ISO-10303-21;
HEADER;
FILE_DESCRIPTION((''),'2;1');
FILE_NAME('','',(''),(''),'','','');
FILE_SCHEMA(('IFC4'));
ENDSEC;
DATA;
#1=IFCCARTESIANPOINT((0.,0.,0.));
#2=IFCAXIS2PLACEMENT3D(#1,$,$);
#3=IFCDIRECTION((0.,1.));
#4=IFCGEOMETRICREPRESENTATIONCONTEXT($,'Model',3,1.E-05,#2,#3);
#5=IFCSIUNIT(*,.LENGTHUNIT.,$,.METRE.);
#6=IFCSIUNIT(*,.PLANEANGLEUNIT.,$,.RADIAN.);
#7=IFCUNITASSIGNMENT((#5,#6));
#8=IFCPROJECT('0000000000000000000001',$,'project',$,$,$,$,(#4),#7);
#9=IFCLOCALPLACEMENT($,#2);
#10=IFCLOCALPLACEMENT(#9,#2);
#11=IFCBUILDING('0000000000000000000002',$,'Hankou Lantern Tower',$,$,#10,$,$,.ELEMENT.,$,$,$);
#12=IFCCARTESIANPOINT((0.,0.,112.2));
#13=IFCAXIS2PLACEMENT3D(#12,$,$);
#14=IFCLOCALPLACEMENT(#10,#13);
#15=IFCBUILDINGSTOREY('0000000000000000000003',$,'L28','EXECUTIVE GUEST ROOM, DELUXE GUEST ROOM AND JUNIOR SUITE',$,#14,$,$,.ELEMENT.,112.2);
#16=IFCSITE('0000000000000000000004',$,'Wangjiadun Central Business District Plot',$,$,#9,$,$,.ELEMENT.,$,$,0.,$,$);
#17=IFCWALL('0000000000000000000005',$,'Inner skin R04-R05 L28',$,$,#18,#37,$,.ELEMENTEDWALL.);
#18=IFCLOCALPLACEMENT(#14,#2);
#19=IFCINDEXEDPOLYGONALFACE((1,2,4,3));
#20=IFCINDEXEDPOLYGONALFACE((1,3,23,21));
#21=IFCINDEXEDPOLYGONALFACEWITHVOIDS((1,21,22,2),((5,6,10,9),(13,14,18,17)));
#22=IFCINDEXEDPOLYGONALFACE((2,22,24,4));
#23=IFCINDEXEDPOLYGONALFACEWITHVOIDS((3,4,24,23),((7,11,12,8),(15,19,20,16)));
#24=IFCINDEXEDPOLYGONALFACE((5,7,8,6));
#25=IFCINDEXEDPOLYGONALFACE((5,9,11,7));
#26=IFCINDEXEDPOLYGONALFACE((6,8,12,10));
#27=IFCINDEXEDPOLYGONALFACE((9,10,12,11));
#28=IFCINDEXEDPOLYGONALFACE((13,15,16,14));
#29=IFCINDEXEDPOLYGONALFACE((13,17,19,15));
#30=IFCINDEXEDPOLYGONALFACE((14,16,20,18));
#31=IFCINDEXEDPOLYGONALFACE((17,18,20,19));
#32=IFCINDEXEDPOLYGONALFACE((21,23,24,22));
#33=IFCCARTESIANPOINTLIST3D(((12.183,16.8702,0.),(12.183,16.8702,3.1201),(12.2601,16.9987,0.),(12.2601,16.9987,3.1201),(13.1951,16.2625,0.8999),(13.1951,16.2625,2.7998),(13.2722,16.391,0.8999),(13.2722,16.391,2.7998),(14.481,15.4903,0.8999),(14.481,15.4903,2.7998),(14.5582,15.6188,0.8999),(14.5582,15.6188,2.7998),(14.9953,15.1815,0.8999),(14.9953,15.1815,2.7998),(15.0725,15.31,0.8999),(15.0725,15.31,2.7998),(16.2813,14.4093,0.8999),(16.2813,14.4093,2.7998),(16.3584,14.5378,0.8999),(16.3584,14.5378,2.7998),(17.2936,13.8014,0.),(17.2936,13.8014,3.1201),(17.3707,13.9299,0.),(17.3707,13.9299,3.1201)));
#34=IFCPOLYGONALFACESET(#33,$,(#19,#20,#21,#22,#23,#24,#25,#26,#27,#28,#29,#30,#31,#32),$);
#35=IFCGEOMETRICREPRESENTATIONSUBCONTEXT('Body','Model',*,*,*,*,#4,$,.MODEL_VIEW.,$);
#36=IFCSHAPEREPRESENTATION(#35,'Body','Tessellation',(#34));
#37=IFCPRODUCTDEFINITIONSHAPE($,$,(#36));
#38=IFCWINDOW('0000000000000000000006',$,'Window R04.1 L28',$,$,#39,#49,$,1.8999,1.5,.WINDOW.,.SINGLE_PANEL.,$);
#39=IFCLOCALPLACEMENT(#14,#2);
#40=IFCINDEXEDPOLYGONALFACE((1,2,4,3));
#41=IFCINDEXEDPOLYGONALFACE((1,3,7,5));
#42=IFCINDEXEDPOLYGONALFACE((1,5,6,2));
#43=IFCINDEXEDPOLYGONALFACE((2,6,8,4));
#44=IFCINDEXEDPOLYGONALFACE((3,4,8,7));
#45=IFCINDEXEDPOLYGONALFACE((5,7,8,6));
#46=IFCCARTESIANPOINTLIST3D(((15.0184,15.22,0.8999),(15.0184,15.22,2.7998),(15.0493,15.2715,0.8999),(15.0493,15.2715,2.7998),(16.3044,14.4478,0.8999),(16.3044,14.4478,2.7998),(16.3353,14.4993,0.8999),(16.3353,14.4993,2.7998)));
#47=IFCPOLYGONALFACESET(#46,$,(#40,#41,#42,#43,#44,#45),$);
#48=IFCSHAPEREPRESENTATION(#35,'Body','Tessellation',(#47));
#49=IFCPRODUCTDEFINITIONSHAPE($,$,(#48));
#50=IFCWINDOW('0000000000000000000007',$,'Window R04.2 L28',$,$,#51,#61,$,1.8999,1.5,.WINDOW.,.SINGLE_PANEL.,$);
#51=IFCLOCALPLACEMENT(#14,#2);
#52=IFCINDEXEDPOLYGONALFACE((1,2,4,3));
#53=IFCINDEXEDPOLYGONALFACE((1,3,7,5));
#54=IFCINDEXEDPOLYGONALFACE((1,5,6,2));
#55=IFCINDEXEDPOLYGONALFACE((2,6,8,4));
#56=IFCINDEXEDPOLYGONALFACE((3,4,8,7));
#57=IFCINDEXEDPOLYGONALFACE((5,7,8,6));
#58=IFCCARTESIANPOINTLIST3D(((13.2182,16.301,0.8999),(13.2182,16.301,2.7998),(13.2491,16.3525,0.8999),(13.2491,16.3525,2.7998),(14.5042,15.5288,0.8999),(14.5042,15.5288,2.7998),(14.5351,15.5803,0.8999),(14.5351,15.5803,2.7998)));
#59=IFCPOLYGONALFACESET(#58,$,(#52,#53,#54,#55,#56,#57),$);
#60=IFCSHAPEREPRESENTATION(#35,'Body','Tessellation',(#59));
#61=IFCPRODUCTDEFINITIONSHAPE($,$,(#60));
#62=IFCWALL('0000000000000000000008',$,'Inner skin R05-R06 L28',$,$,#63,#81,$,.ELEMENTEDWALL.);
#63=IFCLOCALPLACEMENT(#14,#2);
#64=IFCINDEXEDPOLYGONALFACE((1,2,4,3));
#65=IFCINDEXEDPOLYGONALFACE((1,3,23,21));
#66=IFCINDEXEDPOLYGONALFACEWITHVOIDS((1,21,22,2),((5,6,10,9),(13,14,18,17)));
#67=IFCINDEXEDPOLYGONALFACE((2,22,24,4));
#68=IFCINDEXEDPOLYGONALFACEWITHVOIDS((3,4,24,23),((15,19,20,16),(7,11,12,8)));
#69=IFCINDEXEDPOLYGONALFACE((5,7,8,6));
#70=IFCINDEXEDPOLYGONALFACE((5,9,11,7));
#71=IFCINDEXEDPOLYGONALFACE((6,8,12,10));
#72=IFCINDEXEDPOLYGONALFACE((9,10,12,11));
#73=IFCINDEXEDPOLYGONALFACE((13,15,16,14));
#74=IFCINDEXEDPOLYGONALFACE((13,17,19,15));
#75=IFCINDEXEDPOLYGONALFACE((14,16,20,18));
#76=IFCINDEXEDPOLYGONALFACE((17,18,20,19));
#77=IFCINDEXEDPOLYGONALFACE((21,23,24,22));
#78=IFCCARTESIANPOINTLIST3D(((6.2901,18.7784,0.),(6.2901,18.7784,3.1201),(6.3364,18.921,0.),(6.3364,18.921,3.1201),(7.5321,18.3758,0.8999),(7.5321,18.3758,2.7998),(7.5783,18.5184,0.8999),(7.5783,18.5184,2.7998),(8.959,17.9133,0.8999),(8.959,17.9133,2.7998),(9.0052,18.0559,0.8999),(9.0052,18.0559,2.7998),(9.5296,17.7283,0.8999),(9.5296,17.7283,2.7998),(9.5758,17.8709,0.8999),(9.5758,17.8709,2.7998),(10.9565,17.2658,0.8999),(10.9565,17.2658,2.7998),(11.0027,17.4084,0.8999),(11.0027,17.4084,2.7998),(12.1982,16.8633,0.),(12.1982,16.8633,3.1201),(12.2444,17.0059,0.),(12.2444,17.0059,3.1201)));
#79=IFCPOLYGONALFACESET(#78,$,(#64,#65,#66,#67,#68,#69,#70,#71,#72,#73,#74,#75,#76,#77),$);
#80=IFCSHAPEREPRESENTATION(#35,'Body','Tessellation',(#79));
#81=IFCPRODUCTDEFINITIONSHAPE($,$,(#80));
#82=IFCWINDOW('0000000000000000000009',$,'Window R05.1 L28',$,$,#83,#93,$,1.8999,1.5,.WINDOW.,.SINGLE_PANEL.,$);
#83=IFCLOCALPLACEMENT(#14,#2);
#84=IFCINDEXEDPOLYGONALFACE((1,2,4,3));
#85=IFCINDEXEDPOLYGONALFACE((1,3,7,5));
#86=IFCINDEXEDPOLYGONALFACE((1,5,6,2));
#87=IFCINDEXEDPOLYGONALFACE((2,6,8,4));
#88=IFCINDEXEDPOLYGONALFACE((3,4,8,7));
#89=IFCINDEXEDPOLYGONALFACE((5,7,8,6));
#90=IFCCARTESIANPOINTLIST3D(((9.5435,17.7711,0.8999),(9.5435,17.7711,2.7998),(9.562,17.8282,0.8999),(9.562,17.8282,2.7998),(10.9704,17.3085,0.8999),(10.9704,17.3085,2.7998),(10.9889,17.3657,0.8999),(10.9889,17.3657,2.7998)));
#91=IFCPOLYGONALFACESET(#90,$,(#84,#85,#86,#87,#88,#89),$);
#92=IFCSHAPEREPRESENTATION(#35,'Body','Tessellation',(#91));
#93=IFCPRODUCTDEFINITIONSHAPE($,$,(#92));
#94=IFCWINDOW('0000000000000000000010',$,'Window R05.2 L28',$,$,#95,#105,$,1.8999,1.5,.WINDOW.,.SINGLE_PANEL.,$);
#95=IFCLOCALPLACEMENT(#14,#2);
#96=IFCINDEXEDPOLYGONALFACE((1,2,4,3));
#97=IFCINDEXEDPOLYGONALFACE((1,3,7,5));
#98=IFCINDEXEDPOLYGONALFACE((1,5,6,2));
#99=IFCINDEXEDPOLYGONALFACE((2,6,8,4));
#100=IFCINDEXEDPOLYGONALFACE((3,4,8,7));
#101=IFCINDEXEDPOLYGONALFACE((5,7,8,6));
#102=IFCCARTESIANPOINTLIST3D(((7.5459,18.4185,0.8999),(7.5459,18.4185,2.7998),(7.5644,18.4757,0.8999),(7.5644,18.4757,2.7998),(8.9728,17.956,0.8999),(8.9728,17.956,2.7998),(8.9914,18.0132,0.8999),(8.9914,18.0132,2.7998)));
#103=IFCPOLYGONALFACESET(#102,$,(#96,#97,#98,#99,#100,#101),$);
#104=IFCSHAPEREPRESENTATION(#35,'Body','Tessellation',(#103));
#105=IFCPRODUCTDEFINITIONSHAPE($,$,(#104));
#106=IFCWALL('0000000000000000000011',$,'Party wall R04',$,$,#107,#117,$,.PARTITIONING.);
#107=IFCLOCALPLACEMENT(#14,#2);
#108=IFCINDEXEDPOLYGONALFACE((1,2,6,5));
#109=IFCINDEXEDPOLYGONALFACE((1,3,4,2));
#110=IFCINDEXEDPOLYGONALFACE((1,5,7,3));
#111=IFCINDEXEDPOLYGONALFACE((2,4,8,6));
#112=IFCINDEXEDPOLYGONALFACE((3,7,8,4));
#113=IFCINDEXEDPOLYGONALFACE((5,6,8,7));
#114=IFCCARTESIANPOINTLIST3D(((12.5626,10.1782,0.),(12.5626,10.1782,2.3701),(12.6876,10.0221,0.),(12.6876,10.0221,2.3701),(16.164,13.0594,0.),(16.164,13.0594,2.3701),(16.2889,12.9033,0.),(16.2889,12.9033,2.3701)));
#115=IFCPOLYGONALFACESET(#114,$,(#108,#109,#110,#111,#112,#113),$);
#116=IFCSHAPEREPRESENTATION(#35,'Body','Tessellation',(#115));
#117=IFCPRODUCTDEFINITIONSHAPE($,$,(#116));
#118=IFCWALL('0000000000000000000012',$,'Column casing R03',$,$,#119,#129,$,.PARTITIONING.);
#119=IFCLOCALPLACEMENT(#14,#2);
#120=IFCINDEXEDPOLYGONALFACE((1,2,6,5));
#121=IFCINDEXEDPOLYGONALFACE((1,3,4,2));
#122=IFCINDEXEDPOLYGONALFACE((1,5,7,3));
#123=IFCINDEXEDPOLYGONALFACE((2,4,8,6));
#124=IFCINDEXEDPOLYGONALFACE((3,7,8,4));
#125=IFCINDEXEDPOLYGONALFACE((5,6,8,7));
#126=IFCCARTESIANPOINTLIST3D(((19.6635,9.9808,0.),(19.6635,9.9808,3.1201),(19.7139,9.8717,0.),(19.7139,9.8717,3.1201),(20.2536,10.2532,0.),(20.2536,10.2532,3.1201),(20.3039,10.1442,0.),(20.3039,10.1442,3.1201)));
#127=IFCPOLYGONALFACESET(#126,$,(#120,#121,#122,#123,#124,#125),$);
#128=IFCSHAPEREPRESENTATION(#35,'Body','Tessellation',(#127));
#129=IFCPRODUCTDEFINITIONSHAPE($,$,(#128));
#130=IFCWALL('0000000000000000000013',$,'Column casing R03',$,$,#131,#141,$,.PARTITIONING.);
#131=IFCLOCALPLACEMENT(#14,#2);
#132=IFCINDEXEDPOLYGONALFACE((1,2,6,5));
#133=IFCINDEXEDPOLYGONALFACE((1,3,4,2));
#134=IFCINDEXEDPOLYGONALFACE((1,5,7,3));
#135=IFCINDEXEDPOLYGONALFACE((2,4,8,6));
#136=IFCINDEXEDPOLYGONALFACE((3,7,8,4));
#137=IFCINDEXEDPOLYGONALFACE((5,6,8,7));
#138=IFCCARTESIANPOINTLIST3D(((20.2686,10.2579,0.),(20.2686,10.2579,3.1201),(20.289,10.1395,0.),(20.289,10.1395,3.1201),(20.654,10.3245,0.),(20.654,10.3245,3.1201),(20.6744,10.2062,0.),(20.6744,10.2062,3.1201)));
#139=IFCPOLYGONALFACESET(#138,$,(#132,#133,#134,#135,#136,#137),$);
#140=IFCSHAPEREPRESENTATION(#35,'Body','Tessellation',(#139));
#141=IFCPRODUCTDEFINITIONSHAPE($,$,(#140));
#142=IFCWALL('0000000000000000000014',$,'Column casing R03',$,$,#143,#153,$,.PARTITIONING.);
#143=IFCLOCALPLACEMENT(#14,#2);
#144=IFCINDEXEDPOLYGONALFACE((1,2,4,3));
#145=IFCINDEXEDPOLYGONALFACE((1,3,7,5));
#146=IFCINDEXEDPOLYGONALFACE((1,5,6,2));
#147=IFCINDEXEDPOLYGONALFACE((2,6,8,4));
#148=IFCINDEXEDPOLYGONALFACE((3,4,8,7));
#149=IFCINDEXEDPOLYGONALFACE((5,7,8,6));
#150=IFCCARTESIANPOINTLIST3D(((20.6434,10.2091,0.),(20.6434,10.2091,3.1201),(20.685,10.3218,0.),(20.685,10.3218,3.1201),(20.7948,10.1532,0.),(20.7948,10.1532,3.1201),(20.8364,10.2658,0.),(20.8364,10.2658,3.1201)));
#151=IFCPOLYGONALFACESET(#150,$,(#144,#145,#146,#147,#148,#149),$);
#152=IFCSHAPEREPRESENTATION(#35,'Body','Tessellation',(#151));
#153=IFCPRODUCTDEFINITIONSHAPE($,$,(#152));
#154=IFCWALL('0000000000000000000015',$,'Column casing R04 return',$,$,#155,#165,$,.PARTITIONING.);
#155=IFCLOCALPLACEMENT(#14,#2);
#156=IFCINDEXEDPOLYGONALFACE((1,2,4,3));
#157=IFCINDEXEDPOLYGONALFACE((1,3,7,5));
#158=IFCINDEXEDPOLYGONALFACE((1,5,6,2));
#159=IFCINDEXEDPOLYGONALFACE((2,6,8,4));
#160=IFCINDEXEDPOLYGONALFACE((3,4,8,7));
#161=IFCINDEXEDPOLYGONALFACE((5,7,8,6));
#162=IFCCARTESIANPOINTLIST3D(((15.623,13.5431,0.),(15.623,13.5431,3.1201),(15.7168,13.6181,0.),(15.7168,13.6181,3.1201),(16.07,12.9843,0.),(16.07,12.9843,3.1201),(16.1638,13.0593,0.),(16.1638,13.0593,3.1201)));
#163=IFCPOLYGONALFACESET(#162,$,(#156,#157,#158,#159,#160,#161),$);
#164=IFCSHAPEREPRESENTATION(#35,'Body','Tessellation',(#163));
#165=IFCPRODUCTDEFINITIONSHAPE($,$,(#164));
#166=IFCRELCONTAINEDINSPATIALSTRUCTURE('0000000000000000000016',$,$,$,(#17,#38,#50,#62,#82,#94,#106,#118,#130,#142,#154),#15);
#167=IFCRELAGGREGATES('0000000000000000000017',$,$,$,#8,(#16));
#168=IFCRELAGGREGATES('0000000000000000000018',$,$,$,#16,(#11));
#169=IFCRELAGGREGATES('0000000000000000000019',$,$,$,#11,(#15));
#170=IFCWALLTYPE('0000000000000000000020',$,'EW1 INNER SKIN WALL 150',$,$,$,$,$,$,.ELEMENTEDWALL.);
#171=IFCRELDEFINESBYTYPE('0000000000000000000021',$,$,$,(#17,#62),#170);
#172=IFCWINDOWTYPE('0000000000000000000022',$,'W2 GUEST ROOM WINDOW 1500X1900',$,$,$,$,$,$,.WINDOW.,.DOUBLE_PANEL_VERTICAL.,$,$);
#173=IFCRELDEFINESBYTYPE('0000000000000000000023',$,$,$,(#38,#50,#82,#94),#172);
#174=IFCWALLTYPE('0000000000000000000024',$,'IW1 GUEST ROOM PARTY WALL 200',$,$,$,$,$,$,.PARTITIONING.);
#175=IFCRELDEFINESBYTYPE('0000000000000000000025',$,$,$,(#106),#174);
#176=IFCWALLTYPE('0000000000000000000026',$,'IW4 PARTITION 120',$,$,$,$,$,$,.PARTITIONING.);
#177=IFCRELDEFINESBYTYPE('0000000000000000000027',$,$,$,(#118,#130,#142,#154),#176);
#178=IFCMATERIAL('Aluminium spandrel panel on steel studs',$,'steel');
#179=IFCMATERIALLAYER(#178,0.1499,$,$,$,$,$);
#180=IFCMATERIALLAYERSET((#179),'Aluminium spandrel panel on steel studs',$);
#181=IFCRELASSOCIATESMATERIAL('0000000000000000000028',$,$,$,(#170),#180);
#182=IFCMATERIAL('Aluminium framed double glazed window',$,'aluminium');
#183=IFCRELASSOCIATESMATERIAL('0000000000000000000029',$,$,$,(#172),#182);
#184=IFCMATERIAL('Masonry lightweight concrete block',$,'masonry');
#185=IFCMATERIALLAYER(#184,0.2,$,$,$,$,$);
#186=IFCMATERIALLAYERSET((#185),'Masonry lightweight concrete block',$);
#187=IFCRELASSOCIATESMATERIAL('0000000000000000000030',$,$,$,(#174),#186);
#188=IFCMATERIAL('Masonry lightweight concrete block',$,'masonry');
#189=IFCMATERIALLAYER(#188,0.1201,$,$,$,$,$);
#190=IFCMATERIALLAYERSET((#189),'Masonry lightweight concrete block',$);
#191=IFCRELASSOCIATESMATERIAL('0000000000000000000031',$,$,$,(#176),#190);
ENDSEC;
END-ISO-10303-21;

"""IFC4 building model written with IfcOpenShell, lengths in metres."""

from ifc_helpers import new_model, si_unit, direction, frame, frame_2d, origin, place, context, subcontext, project, spatial, rectangle, extrude, material, layer, layer_set, type_object, element, fill, save


model = new_model("IFC4")

# Units and contexts
model_context = context("Model", 3, precision=1e-05, world=origin(), true_north=direction((0.0, 1.0)))
body_context = subcontext(model_context, "Body", "Model", "MODEL_VIEW")
ifc_project = project(units=[si_unit("LENGTHUNIT", "METRE"), si_unit("PLANEANGLEUNIT", "RADIAN")], contexts=[model_context])

# Site, building, storey
site_placement = place(None, origin())
site = spatial("IfcSite", under=ifc_project, at=site_placement, Name="Wangjiadun Central Business District Plot", CompositionType="ELEMENT", RefElevation=0.0)
building_placement = place(site_placement, origin())
building = spatial("IfcBuilding", under=site, at=building_placement, Name="Hankou Lantern Tower", CompositionType="ELEMENT")
storey_placement = place(building_placement, frame((0.0, 0.0, 112.2)))
storey = spatial("IfcBuildingStorey", under=building, at=storey_placement, Name="L28", Description="EXECUTIVE GUEST ROOM, DELUXE GUEST ROOM AND JUNIOR SUITE", CompositionType="ELEMENT", Elevation=112.2)

# Walls, openings, windows
ifc_material_1 = material(Name="Aluminium spandrel panel on steel studs", Category="steel")
ifc_layer_1 = layer(ifc_material_1, 0.1499)
ifc_layer_set_1 = layer_set([ifc_layer_1], Name="Aluminium spandrel panel on steel studs")
wall_type_1 = type_object("IfcWallType", Name="EW1 INNER SKIN WALL 150", PredefinedType="ELEMENTEDWALL", material=ifc_layer_set_1)
ifc_material_2 = material(Name="Aluminium framed double glazed window", Category="aluminium")
window_type = type_object("IfcWindowType", Name="W2 GUEST ROOM WINDOW 1500X1900", PartitioningType="DOUBLE_PANEL_VERTICAL", PredefinedType="WINDOW", material=ifc_material_2)
wall_1_placement = place(storey_placement, frame((17.332, 13.8657, 0.0), z_axis=(0.0, 0.0, 1.0), x_axis=(-0.857309, 0.514803, 0.0)))
wall_1 = element("IfcWall", 1, at=wall_1_placement, inside=storey, type_object=wall_type_1, Name="Inner skin R04-R05 L28", PredefinedType="ELEMENTEDWALL", context=body_context, shape_type="SweptSolid", body=[
    extrude(rectangle(XDim=5.9612, YDim=0.1499, at=frame_2d((2.9805, 0.0))), origin(), (0.0, 0.0, 1.0), 3.1201),
])
opening_1_placement = place(wall_1_placement, frame((1.1807, 0.0, 0.8999)))
opening_1 = element("IfcOpeningElement", 2, at=opening_1_placement, cuts=wall_1, PredefinedType="OPENING", context=body_context, shape_type="SweptSolid", body=[
    extrude(rectangle(XDim=1.5, YDim=1.8999, at=frame_2d((0.75, 0.95))), frame((0.0, 0.085, 0.0), z_axis=(0.0, -1.0, 0.0), x_axis=(1.0, 0.0, 0.0)), (0.0, 0.0, 1.0), 0.1699),
])
opening_2_placement = place(wall_1_placement, frame((3.2805, 0.0, 0.8999)))
opening_2 = element("IfcOpeningElement", 3, at=opening_2_placement, cuts=wall_1, PredefinedType="OPENING", context=body_context, shape_type="SweptSolid", body=[
    extrude(rectangle(XDim=1.5, YDim=1.8999, at=frame_2d((0.75, 0.95))), frame((0.0, 0.085, 0.0), z_axis=(0.0, -1.0, 0.0), x_axis=(1.0, 0.0, 0.0)), (0.0, 0.0, 1.0), 0.1699),
])
window_1_placement = place(opening_1_placement, origin())
window_1 = element("IfcWindow", 4, at=window_1_placement, inside=storey, type_object=window_type, Name="Window R04.1 L28", OverallHeight=1.8999, OverallWidth=1.5, PartitioningType="SINGLE_PANEL", PredefinedType="WINDOW", context=body_context, shape_type="SweptSolid", body=[
    extrude(rectangle(XDim=1.5, YDim=1.8999, at=frame_2d((0.75, 0.95))), frame((0.0, 0.03, 0.0), z_axis=(0.0, -1.0, 0.0), x_axis=(1.0, 0.0, 0.0)), (0.0, 0.0, 1.0), 0.0601),
])
fill(opening_1, window_1)
window_2_placement = place(opening_2_placement, origin())
window_2 = element("IfcWindow", 5, at=window_2_placement, inside=storey, type_object=window_type, Name="Window R04.2 L28", OverallHeight=1.8999, OverallWidth=1.5, PartitioningType="SINGLE_PANEL", PredefinedType="WINDOW", context=body_context, shape_type="SweptSolid", body=[
    extrude(rectangle(XDim=1.5, YDim=1.8999, at=frame_2d((0.75, 0.95))), frame((0.0, 0.03, 0.0), z_axis=(0.0, -1.0, 0.0), x_axis=(1.0, 0.0, 0.0)), (0.0, 0.0, 1.0), 0.0601),
])
fill(opening_2, window_2)
wall_2_placement = place(storey_placement, frame((12.2214, 16.9346, 0.0), z_axis=(0.0, 0.0, 1.0), x_axis=(-0.951273, 0.308351, 0.0)))
wall_2 = element("IfcWall", 6, at=wall_2_placement, inside=storey, type_object=wall_type_1, Name="Inner skin R05-R06 L28", PredefinedType="ELEMENTEDWALL", context=body_context, shape_type="SweptSolid", body=[
    extrude(rectangle(XDim=6.2107, YDim=0.1499, at=frame_2d((3.1055, 0.0))), origin(), (0.0, 0.0, 1.0), 3.1201),
])
opening_3_placement = place(wall_2_placement, frame((1.3054, 0.0, 0.8999)))
opening_3 = element("IfcOpeningElement", 7, at=opening_3_placement, cuts=wall_2, PredefinedType="OPENING", context=body_context, shape_type="SweptSolid", body=[
    extrude(rectangle(XDim=1.5, YDim=1.8999, at=frame_2d((0.75, 0.95))), frame((0.0, 0.085, 0.0), z_axis=(0.0, -1.0, 0.0), x_axis=(1.0, 0.0, 0.0)), (0.0, 0.0, 1.0), 0.1699),
])
opening_4_placement = place(wall_2_placement, frame((3.4053, 0.0, 0.8999)))
opening_4 = element("IfcOpeningElement", 8, at=opening_4_placement, cuts=wall_2, PredefinedType="OPENING", context=body_context, shape_type="SweptSolid", body=[
    extrude(rectangle(XDim=1.5, YDim=1.8999, at=frame_2d((0.75, 0.95))), frame((0.0, 0.085, 0.0), z_axis=(0.0, -1.0, 0.0), x_axis=(1.0, 0.0, 0.0)), (0.0, 0.0, 1.0), 0.1699),
])
window_3_placement = place(opening_3_placement, origin())
window_3 = element("IfcWindow", 9, at=window_3_placement, inside=storey, type_object=window_type, Name="Window R05.1 L28", OverallHeight=1.8999, OverallWidth=1.5, PartitioningType="SINGLE_PANEL", PredefinedType="WINDOW", context=body_context, shape_type="SweptSolid", body=[
    extrude(rectangle(XDim=1.5, YDim=1.8999, at=frame_2d((0.75, 0.95))), frame((0.0, 0.03, 0.0), z_axis=(0.0, -1.0, 0.0), x_axis=(1.0, 0.0, 0.0)), (0.0, 0.0, 1.0), 0.0601),
])
fill(opening_3, window_3)
window_4_placement = place(opening_4_placement, origin())
window_4 = element("IfcWindow", 10, at=window_4_placement, inside=storey, type_object=window_type, Name="Window R05.2 L28", OverallHeight=1.8999, OverallWidth=1.5, PartitioningType="SINGLE_PANEL", PredefinedType="WINDOW", context=body_context, shape_type="SweptSolid", body=[
    extrude(rectangle(XDim=1.5, YDim=1.8999, at=frame_2d((0.75, 0.95))), frame((0.0, 0.03, 0.0), z_axis=(0.0, -1.0, 0.0), x_axis=(1.0, 0.0, 0.0)), (0.0, 0.0, 1.0), 0.0601),
])
fill(opening_4, window_4)

# Walls
ifc_material_3 = material(Name="Masonry lightweight concrete block", Category="masonry")
ifc_layer_2 = layer(ifc_material_3, 0.2)
ifc_layer_set_2 = layer_set([ifc_layer_2], Name="Masonry lightweight concrete block")
wall_type_2 = type_object("IfcWallType", Name="IW1 GUEST ROOM PARTY WALL 200", PredefinedType="PARTITIONING", material=ifc_layer_set_2)
wall_3_placement = place(storey_placement, frame((12.625, 10.1001, 0.0), z_axis=(0.0, 0.0, 1.0), x_axis=(0.780864, 0.624702, 0.0)))
element("IfcWall", 11, at=wall_3_placement, inside=storey, type_object=wall_type_2, Name="Party wall R04", PredefinedType="PARTITIONING", context=body_context, shape_type="SweptSolid", body=[
    extrude(rectangle(XDim=4.6121, YDim=0.2, at=frame_2d((2.3062, 0.0))), origin(), (0.0, 0.0, 1.0), 2.3701),
])
ifc_material_4 = material(Name="Masonry lightweight concrete block", Category="masonry")
ifc_layer_3 = layer(ifc_material_4, 0.1201)
ifc_layer_set_3 = layer_set([ifc_layer_3], Name="Masonry lightweight concrete block")
wall_type_3 = type_object("IfcWallType", Name="IW4 PARTITION 120", PredefinedType="PARTITIONING", material=ifc_layer_set_3)
wall_4_placement = place(storey_placement, frame((19.6887, 9.9263, 0.0), z_axis=(0.0, 0.0, 1.0), x_axis=(0.907893, 0.419201, 0.0)))
element("IfcWall", 12, at=wall_4_placement, inside=storey, type_object=wall_type_3, Name="Column casing R03", PredefinedType="PARTITIONING", context=body_context, shape_type="SweptSolid", body=[
    extrude(rectangle(XDim=0.6499, YDim=0.1201, at=frame_2d((0.325, 0.0))), origin(), (0.0, 0.0, 1.0), 3.1201),
])
wall_5_placement = place(storey_placement, frame((20.2788, 10.1987, 0.0), z_axis=(0.0, 0.0, 1.0), x_axis=(0.985381, 0.170367, 0.0)))
element("IfcWall", 13, at=wall_5_placement, inside=storey, type_object=wall_type_3, Name="Column casing R03", PredefinedType="PARTITIONING", context=body_context, shape_type="SweptSolid", body=[
    extrude(rectangle(XDim=0.3911, YDim=0.1201, at=frame_2d((0.1956, 0.0))), origin(), (0.0, 0.0, 1.0), 3.1201),
])
wall_6_placement = place(storey_placement, frame((20.6643, 10.2654, 0.0), z_axis=(0.0, 0.0, 1.0), x_axis=(0.938059, -0.346477, 0.0)))
element("IfcWall", 14, at=wall_6_placement, inside=storey, type_object=wall_type_3, Name="Column casing R03", PredefinedType="PARTITIONING", context=body_context, shape_type="SweptSolid", body=[
    extrude(rectangle(XDim=0.1614, YDim=0.1201, at=frame_2d((0.0806, 0.0))), origin(), (0.0, 0.0, 1.0), 3.1201),
])
wall_7_placement = place(storey_placement, frame((16.1169, 13.0217, 0.0), z_axis=(0.0, 0.0, 1.0), x_axis=(-0.624653, 0.780902, 0.0)))
element("IfcWall", 15, at=wall_7_placement, inside=storey, type_object=wall_type_3, Name="Column casing R04 return", PredefinedType="PARTITIONING", context=body_context, shape_type="SweptSolid", body=[
    extrude(rectangle(XDim=0.7156, YDim=0.1201, at=frame_2d((0.3579, 0.0))), origin(), (0.0, 0.0, 1.0), 3.1201),
])

save(model, "model.ifc")
